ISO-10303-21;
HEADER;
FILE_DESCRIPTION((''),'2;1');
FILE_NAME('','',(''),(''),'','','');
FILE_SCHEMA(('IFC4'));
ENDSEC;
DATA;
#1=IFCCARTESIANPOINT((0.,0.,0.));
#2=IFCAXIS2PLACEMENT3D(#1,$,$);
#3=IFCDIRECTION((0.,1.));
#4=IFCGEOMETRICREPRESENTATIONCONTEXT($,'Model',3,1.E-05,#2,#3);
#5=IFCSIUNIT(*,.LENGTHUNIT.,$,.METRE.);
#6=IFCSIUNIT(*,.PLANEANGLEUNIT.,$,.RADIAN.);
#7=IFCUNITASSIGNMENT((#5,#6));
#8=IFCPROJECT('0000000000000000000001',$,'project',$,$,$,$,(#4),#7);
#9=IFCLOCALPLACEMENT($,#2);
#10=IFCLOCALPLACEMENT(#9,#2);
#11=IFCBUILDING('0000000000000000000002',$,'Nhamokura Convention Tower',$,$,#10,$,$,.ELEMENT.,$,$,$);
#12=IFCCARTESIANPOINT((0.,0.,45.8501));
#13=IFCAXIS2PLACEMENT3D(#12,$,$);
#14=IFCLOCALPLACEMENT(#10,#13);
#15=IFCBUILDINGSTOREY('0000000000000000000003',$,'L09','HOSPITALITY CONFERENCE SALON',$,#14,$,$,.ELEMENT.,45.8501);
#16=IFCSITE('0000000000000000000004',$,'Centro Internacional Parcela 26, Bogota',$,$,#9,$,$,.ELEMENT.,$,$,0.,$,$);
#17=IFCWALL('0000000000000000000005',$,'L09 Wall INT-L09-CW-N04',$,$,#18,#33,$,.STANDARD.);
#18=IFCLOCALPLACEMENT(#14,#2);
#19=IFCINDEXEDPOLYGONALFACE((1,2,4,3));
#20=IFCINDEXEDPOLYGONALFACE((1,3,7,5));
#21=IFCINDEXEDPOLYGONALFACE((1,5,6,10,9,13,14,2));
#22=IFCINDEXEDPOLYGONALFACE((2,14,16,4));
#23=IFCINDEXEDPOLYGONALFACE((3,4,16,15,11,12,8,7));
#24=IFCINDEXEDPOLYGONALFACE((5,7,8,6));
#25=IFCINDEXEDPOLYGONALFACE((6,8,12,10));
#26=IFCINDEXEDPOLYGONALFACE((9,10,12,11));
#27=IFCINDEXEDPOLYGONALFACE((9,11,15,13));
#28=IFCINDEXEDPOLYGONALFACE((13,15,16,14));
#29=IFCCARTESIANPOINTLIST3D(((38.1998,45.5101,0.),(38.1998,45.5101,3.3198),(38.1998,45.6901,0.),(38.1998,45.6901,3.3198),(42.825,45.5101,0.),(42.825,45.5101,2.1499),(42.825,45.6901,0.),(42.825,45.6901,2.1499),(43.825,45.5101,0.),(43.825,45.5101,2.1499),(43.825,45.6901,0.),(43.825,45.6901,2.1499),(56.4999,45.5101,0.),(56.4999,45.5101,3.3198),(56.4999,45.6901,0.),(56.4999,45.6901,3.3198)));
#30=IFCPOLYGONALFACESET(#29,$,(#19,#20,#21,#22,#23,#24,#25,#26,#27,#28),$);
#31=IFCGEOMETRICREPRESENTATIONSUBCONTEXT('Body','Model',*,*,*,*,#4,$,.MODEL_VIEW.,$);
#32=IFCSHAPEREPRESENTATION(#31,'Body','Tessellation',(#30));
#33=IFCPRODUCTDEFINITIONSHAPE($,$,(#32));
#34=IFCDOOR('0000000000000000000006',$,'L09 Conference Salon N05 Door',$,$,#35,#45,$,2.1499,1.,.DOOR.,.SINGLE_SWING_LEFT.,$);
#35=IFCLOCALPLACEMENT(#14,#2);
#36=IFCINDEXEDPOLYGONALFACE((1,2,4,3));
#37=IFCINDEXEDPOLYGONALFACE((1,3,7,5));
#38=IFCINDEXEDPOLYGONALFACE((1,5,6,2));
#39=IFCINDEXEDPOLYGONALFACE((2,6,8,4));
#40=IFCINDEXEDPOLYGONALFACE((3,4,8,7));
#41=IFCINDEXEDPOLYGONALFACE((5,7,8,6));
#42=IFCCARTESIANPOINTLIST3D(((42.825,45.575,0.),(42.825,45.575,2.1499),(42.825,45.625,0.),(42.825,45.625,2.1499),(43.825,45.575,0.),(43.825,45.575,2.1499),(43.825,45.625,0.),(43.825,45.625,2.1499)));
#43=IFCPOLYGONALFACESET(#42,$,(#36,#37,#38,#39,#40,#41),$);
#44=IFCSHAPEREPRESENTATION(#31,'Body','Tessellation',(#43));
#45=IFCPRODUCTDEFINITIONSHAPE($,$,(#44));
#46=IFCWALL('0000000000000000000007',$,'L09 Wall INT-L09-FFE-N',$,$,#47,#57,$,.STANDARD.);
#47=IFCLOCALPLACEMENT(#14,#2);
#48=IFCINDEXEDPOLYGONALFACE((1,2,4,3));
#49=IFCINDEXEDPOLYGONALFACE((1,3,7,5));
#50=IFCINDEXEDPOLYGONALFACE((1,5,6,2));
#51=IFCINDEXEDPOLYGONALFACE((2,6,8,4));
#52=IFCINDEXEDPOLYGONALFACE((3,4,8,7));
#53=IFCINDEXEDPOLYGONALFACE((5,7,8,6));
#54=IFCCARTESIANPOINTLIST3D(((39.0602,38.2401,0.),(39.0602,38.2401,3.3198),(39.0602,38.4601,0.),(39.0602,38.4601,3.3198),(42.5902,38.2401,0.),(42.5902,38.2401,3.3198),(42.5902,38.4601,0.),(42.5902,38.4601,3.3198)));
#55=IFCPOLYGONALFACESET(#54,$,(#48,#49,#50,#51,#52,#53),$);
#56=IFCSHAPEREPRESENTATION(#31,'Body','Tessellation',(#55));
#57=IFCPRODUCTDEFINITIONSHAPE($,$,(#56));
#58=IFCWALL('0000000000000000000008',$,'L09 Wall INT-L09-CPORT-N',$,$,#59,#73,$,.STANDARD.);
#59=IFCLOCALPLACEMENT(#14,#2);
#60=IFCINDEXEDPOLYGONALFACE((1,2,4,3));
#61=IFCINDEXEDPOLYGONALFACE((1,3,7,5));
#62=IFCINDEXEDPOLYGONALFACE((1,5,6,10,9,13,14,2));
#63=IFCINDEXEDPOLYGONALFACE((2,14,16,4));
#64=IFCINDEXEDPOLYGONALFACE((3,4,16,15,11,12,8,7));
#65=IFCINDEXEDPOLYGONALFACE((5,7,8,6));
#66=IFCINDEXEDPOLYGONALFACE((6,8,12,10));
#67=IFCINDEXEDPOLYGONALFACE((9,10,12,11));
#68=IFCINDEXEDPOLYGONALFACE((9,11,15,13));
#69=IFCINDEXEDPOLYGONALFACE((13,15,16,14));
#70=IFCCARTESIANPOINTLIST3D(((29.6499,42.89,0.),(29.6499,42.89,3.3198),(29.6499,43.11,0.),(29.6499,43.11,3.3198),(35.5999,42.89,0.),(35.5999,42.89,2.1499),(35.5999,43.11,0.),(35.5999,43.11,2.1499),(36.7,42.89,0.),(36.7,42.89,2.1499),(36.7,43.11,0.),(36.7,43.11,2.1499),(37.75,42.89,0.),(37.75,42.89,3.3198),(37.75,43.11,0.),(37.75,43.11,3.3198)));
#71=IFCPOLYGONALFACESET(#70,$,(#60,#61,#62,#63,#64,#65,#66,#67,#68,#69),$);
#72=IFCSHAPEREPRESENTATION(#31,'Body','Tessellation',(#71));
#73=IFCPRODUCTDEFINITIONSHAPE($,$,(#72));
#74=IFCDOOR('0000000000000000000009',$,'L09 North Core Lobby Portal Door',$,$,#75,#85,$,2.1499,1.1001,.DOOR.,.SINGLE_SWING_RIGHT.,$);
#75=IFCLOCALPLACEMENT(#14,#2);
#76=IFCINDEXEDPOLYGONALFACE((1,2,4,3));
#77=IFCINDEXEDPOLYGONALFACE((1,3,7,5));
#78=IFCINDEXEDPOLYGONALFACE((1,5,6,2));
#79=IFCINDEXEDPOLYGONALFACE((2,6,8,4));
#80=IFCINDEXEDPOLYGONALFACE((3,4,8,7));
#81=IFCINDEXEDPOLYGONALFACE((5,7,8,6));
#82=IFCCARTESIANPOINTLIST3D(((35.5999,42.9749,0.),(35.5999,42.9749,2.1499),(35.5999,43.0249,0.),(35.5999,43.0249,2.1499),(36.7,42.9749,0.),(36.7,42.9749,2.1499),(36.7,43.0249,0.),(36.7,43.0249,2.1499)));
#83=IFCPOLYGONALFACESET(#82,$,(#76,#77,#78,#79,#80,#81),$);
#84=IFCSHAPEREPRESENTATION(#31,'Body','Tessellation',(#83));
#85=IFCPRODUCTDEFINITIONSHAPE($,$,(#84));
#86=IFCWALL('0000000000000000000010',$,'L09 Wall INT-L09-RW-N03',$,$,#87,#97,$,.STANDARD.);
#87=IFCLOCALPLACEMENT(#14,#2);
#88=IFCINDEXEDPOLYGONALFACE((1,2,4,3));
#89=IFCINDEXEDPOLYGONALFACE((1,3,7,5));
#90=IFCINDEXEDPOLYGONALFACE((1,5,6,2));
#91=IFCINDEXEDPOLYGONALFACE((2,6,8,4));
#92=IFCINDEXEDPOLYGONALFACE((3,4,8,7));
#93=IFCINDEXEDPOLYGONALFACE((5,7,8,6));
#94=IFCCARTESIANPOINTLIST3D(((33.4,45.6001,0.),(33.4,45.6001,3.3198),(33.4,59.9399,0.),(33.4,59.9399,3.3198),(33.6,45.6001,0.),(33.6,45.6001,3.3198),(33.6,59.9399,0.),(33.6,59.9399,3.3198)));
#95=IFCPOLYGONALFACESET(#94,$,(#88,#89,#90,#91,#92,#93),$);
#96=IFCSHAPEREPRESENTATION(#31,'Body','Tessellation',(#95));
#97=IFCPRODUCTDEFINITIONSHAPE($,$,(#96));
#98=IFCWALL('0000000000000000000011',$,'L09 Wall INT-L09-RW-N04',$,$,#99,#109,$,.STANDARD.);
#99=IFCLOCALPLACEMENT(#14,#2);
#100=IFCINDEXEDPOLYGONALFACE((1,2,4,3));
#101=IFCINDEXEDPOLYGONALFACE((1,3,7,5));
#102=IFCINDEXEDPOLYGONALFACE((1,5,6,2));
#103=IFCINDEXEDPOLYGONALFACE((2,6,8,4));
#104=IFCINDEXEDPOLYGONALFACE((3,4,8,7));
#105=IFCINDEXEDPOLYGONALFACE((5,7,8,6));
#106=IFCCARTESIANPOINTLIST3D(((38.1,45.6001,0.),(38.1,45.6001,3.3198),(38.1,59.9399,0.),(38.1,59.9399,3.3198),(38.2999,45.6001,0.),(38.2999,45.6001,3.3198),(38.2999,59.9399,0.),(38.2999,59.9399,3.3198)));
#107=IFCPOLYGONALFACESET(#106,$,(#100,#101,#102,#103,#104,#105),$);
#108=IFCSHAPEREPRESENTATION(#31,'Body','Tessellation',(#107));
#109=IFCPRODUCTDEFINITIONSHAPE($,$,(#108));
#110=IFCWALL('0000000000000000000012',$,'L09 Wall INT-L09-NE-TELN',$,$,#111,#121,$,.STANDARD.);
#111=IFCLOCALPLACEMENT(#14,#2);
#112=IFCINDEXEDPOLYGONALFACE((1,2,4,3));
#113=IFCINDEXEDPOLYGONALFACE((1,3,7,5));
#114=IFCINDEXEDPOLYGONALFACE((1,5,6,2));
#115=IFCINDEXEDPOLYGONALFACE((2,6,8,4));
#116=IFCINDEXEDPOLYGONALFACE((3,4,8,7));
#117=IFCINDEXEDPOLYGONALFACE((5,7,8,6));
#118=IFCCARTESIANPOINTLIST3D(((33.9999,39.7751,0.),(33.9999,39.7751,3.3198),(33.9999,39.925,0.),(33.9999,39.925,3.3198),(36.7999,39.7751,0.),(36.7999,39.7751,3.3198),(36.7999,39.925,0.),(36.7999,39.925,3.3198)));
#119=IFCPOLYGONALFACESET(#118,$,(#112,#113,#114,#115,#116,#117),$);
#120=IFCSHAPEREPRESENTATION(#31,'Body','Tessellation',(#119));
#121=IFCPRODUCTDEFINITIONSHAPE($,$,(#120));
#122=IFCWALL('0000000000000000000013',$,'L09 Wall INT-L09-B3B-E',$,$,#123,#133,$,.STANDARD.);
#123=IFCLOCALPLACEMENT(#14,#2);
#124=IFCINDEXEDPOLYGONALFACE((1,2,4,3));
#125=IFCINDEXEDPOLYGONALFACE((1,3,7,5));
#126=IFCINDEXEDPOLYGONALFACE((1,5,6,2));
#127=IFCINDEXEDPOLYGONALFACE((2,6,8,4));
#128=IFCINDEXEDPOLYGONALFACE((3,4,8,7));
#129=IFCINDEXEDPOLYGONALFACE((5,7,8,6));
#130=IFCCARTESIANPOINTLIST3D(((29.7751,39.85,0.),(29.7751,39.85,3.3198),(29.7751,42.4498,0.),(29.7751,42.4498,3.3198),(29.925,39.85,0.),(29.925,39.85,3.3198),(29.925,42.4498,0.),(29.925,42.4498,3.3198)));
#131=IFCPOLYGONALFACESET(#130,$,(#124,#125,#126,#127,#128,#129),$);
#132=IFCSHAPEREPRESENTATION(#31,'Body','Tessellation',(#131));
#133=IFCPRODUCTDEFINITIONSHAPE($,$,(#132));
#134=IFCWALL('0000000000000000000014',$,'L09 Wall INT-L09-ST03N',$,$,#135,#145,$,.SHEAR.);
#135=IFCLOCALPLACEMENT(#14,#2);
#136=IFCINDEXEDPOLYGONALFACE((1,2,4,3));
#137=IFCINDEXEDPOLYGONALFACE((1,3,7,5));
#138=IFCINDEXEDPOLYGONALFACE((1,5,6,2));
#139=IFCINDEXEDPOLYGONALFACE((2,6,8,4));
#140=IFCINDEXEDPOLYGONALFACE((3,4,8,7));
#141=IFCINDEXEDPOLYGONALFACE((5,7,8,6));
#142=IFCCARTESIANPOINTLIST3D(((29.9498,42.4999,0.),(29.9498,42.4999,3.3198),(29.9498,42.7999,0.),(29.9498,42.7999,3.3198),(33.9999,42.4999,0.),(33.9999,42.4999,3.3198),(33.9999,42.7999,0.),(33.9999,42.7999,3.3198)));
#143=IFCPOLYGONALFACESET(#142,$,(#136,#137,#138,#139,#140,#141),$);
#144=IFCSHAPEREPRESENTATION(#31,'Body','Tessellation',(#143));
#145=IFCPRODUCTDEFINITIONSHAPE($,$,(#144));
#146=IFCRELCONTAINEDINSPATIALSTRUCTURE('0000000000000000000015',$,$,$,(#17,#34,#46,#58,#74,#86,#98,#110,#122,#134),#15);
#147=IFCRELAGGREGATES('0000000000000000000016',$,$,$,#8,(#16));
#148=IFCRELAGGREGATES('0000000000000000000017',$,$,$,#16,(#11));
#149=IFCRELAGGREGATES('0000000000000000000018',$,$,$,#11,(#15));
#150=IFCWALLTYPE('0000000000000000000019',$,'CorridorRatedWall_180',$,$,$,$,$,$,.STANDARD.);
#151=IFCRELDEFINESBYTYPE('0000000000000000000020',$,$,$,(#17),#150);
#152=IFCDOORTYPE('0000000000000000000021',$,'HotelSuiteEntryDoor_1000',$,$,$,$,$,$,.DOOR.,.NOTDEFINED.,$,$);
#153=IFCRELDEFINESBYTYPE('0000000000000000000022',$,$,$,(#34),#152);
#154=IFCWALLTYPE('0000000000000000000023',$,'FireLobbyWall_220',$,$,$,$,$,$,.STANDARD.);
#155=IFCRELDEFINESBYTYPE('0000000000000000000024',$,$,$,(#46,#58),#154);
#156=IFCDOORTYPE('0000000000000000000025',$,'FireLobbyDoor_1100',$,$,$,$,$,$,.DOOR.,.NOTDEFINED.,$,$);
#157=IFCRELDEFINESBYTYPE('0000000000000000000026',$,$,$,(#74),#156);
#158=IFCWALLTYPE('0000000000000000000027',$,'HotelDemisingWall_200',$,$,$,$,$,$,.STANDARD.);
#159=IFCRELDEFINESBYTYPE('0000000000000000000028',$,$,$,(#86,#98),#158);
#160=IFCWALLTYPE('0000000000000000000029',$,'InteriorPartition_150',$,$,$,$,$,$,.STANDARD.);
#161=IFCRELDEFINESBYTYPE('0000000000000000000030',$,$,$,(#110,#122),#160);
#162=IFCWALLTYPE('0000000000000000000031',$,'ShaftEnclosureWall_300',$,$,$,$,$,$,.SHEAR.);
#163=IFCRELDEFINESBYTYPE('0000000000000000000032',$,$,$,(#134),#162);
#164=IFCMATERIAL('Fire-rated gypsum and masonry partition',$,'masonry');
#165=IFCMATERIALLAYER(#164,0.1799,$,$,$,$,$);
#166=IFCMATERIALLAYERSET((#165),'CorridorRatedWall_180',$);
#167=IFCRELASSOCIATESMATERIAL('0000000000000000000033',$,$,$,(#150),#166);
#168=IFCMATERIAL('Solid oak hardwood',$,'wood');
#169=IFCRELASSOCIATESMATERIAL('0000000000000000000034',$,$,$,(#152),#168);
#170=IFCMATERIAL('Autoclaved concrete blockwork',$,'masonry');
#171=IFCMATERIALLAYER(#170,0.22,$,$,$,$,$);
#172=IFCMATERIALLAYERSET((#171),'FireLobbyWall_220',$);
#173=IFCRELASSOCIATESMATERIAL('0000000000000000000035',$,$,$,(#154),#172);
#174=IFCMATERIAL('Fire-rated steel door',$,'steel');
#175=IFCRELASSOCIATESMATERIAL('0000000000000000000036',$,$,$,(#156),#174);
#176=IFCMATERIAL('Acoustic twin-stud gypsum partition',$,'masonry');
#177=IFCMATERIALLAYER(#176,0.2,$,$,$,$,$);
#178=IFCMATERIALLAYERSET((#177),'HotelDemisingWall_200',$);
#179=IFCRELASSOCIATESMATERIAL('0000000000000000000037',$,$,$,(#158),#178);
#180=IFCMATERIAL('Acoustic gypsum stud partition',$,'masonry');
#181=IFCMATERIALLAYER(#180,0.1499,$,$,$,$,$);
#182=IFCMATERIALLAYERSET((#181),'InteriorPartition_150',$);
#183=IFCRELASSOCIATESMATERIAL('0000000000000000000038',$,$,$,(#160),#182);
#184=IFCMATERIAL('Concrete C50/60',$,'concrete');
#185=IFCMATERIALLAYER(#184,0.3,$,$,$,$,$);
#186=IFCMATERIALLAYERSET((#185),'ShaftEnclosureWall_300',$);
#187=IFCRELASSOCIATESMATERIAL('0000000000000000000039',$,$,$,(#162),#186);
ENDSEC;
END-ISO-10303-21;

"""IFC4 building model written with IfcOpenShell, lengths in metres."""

from ifc_helpers import new_model, si_unit, direction, frame, frame_2d, origin, place, context, subcontext, project, spatial, rectangle, extrude, material, layer, layer_set, type_object, element, fill, save


model = new_model("IFC4")

# Units and contexts
model_context = context("Model", 3, precision=1e-05, world=origin(), true_north=direction((0.0, 1.0)))
body_context = subcontext(model_context, "Body", "Model", "MODEL_VIEW")
ifc_project = project(units=[si_unit("LENGTHUNIT", "METRE"), si_unit("PLANEANGLEUNIT", "RADIAN")], contexts=[model_context])

# Site, building, storey
site_placement = place(None, origin())
site = spatial("IfcSite", under=ifc_project, at=site_placement, Name="Centro Internacional Parcela 26, Bogota", CompositionType="ELEMENT", RefElevation=0.0)
building_placement = place(site_placement, origin())
building = spatial("IfcBuilding", under=site, at=building_placement, Name="Nhamokura Convention Tower", CompositionType="ELEMENT")
storey_placement = place(building_placement, frame((0.0, 0.0, 45.8501)))
storey = spatial("IfcBuildingStorey", under=building, at=storey_placement, Name="L09", Description="HOSPITALITY CONFERENCE SALON", CompositionType="ELEMENT", Elevation=45.8501)

# Wall, opening, door
ifc_material_1 = material(Name="Fire-rated gypsum and masonry partition", Category="masonry")
ifc_layer_1 = layer(ifc_material_1, 0.1799)
ifc_layer_set_1 = layer_set([ifc_layer_1], Name="CorridorRatedWall_180")
wall_type_1 = type_object("IfcWallType", Name="CorridorRatedWall_180", PredefinedType="STANDARD", material=ifc_layer_set_1)
ifc_material_2 = material(Name="Solid oak hardwood", Category="wood")
door_type_1 = type_object("IfcDoorType", Name="HotelSuiteEntryDoor_1000", OperationType="NOTDEFINED", PredefinedType="DOOR", material=ifc_material_2)
wall_1_placement = place(storey_placement, frame((38.2, 45.6001, 0.0), z_axis=(0.0, 0.0, 1.0), x_axis=(1.0, 0.0, 0.0)))
wall_1 = element("IfcWall", 1, at=wall_1_placement, inside=storey, type_object=wall_type_1, Name="L09 Wall INT-L09-CW-N04", PredefinedType="STANDARD", context=body_context, shape_type="SweptSolid", body=[
    extrude(rectangle(XDim=18.3, YDim=0.1799, at=frame_2d((9.1499, 0.0))), origin(), (0.0, 0.0, 1.0), 3.3198),
])
opening_1_placement = place(wall_1_placement, frame((4.625, 0.0, 0.0)))
opening_1 = element("IfcOpeningElement", 2, at=opening_1_placement, cuts=wall_1, PredefinedType="OPENING", context=body_context, shape_type="SweptSolid", body=[
    extrude(rectangle(XDim=1.0, YDim=2.1499, at=frame_2d((0.5, 1.075))), frame((0.0, 0.0999, 0.0), z_axis=(0.0, -1.0, 0.0), x_axis=(1.0, 0.0, 0.0)), (0.0, 0.0, 1.0), 0.2),
])
door_1_placement = place(opening_1_placement, origin())
door_1 = element("IfcDoor", 3, at=door_1_placement, inside=storey, type_object=door_type_1, Name="L09 Conference Salon N05 Door", OperationType="SINGLE_SWING_LEFT", OverallHeight=2.1499, OverallWidth=1.0, PredefinedType="DOOR", context=body_context, shape_type="SweptSolid", body=[
    extrude(rectangle(XDim=1.0, YDim=2.1499, at=frame_2d((0.5, 1.075))), frame((0.0, 0.0249, 0.0), z_axis=(0.0, -1.0, 0.0), x_axis=(1.0, 0.0, 0.0)), (0.0, 0.0, 1.0), 0.05),
])
fill(opening_1, door_1)

# Wall
ifc_material_3 = material(Name="Autoclaved concrete blockwork", Category="masonry")
ifc_layer_2 = layer(ifc_material_3, 0.22)
ifc_layer_set_2 = layer_set([ifc_layer_2], Name="FireLobbyWall_220")
wall_type_2 = type_object("IfcWallType", Name="FireLobbyWall_220", PredefinedType="STANDARD", material=ifc_layer_set_2)
wall_2_placement = place(storey_placement, frame((39.0601, 38.3501, 0.0), z_axis=(0.0, 0.0, 1.0), x_axis=(1.0, 0.0, 0.0)))
element("IfcWall", 4, at=wall_2_placement, inside=storey, type_object=wall_type_2, Name="L09 Wall INT-L09-FFE-N", PredefinedType="STANDARD", context=body_context, shape_type="SweptSolid", body=[
    extrude(rectangle(XDim=3.53, YDim=0.22, at=frame_2d((1.7651, 0.0))), origin(), (0.0, 0.0, 1.0), 3.3198),
])

# Wall, opening, door
wall_3_placement = place(storey_placement, frame((29.6499, 43.0, 0.0), z_axis=(0.0, 0.0, 1.0), x_axis=(1.0, 0.0, 0.0)))
wall_3 = element("IfcWall", 5, at=wall_3_placement, inside=storey, type_object=wall_type_2, Name="L09 Wall INT-L09-CPORT-N", PredefinedType="STANDARD", context=body_context, shape_type="SweptSolid", body=[
    extrude(rectangle(XDim=8.1001, YDim=0.22, at=frame_2d((4.05, 0.0))), origin(), (0.0, 0.0, 1.0), 3.3198),
])
opening_2_placement = place(wall_3_placement, frame((5.95, 0.0, 0.0)))
opening_2 = element("IfcOpeningElement", 6, at=opening_2_placement, cuts=wall_3, PredefinedType="OPENING", context=body_context, shape_type="SweptSolid", body=[
    extrude(rectangle(XDim=1.1001, YDim=2.1499, at=frame_2d((0.55, 1.075))), frame((0.0, 0.1199, 0.0), z_axis=(0.0, -1.0, 0.0), x_axis=(1.0, 0.0, 0.0)), (0.0, 0.0, 1.0), 0.24),
])
ifc_material_4 = material(Name="Fire-rated steel door", Category="steel")
door_type_2 = type_object("IfcDoorType", Name="FireLobbyDoor_1100", OperationType="NOTDEFINED", PredefinedType="DOOR", material=ifc_material_4)
door_2_placement = place(opening_2_placement, origin())
door_2 = element("IfcDoor", 7, at=door_2_placement, inside=storey, type_object=door_type_2, Name="L09 North Core Lobby Portal Door", OperationType="SINGLE_SWING_RIGHT", OverallHeight=2.1499, OverallWidth=1.1001, PredefinedType="DOOR", context=body_context, shape_type="SweptSolid", body=[
    extrude(rectangle(XDim=1.1001, YDim=2.1499, at=frame_2d((0.55, 1.075))), frame((0.0, 0.0249, 0.0), z_axis=(0.0, -1.0, 0.0), x_axis=(1.0, 0.0, 0.0)), (0.0, 0.0, 1.0), 0.05),
])
fill(opening_2, door_2)

# Walls
ifc_material_5 = material(Name="Acoustic twin-stud gypsum partition", Category="masonry")
ifc_layer_3 = layer(ifc_material_5, 0.2)
ifc_layer_set_3 = layer_set([ifc_layer_3], Name="HotelDemisingWall_200")
wall_type_3 = type_object("IfcWallType", Name="HotelDemisingWall_200", PredefinedType="STANDARD", material=ifc_layer_set_3)
for number, where, z_axis, x_axis, name in (
    (8, (33.5, 45.6001, 0.0), (0.0, 0.0, 1.0), (0.0, 1.0, 0.0), "L09 Wall INT-L09-RW-N03"),
    (9, (38.2, 45.6001, 0.0), (0.0, 0.0, 1.0), (0.0, 1.0, 0.0), "L09 Wall INT-L09-RW-N04"),
):
    element("IfcWall", number, at=place(storey_placement, frame(where, z_axis=z_axis, x_axis=x_axis)), inside=storey, type_object=wall_type_3, Name=name, PredefinedType="STANDARD", context=body_context, shape_type="SweptSolid", body=[
        extrude(rectangle(XDim=14.3398, YDim=0.2, at=frame_2d((7.1699, 0.0))), origin(), (0.0, 0.0, 1.0), 3.3198),
    ])
ifc_material_6 = material(Name="Acoustic gypsum stud partition", Category="masonry")
ifc_layer_4 = layer(ifc_material_6, 0.1499)
ifc_layer_set_4 = layer_set([ifc_layer_4], Name="InteriorPartition_150")
wall_type_4 = type_object("IfcWallType", Name="InteriorPartition_150", PredefinedType="STANDARD", material=ifc_layer_set_4)
wall_4_placement = place(storey_placement, frame((34.0, 39.8501, 0.0), z_axis=(0.0, 0.0, 1.0), x_axis=(1.0, 0.0, 0.0)))
element("IfcWall", 10, at=wall_4_placement, inside=storey, type_object=wall_type_4, Name="L09 Wall INT-L09-NE-TELN", PredefinedType="STANDARD", context=body_context, shape_type="SweptSolid", body=[
    extrude(rectangle(XDim=2.8, YDim=0.1499, at=frame_2d((1.3999, 0.0))), origin(), (0.0, 0.0, 1.0), 3.3198),
])
wall_5_placement = place(storey_placement, frame((29.8501, 39.8501, 0.0), z_axis=(0.0, 0.0, 1.0), x_axis=(0.0, 1.0, 0.0)))
element("IfcWall", 11, at=wall_5_placement, inside=storey, type_object=wall_type_4, Name="L09 Wall INT-L09-B3B-E", PredefinedType="STANDARD", context=body_context, shape_type="SweptSolid", body=[
    extrude(rectangle(XDim=2.5999, YDim=0.1499, at=frame_2d((1.2998, 0.0))), origin(), (0.0, 0.0, 1.0), 3.3198),
])
ifc_material_7 = material(Name="Concrete C50/60", Category="concrete")
ifc_layer_5 = layer(ifc_material_7, 0.3)
ifc_layer_set_5 = layer_set([ifc_layer_5], Name="ShaftEnclosureWall_300")
wall_type_5 = type_object("IfcWallType", Name="ShaftEnclosureWall_300", PredefinedType="SHEAR", material=ifc_layer_set_5)
wall_6_placement = place(storey_placement, frame((29.95, 42.6499, 0.0), z_axis=(0.0, 0.0, 1.0), x_axis=(1.0, 0.0, 0.0)))
element("IfcWall", 12, at=wall_6_placement, inside=storey, type_object=wall_type_5, Name="L09 Wall INT-L09-ST03N", PredefinedType="SHEAR", context=body_context, shape_type="SweptSolid", body=[
    extrude(rectangle(XDim=4.05, YDim=0.3, at=frame_2d((2.0249, 0.0))), origin(), (0.0, 0.0, 1.0), 3.3198),
])

save(model, "model.ifc")
